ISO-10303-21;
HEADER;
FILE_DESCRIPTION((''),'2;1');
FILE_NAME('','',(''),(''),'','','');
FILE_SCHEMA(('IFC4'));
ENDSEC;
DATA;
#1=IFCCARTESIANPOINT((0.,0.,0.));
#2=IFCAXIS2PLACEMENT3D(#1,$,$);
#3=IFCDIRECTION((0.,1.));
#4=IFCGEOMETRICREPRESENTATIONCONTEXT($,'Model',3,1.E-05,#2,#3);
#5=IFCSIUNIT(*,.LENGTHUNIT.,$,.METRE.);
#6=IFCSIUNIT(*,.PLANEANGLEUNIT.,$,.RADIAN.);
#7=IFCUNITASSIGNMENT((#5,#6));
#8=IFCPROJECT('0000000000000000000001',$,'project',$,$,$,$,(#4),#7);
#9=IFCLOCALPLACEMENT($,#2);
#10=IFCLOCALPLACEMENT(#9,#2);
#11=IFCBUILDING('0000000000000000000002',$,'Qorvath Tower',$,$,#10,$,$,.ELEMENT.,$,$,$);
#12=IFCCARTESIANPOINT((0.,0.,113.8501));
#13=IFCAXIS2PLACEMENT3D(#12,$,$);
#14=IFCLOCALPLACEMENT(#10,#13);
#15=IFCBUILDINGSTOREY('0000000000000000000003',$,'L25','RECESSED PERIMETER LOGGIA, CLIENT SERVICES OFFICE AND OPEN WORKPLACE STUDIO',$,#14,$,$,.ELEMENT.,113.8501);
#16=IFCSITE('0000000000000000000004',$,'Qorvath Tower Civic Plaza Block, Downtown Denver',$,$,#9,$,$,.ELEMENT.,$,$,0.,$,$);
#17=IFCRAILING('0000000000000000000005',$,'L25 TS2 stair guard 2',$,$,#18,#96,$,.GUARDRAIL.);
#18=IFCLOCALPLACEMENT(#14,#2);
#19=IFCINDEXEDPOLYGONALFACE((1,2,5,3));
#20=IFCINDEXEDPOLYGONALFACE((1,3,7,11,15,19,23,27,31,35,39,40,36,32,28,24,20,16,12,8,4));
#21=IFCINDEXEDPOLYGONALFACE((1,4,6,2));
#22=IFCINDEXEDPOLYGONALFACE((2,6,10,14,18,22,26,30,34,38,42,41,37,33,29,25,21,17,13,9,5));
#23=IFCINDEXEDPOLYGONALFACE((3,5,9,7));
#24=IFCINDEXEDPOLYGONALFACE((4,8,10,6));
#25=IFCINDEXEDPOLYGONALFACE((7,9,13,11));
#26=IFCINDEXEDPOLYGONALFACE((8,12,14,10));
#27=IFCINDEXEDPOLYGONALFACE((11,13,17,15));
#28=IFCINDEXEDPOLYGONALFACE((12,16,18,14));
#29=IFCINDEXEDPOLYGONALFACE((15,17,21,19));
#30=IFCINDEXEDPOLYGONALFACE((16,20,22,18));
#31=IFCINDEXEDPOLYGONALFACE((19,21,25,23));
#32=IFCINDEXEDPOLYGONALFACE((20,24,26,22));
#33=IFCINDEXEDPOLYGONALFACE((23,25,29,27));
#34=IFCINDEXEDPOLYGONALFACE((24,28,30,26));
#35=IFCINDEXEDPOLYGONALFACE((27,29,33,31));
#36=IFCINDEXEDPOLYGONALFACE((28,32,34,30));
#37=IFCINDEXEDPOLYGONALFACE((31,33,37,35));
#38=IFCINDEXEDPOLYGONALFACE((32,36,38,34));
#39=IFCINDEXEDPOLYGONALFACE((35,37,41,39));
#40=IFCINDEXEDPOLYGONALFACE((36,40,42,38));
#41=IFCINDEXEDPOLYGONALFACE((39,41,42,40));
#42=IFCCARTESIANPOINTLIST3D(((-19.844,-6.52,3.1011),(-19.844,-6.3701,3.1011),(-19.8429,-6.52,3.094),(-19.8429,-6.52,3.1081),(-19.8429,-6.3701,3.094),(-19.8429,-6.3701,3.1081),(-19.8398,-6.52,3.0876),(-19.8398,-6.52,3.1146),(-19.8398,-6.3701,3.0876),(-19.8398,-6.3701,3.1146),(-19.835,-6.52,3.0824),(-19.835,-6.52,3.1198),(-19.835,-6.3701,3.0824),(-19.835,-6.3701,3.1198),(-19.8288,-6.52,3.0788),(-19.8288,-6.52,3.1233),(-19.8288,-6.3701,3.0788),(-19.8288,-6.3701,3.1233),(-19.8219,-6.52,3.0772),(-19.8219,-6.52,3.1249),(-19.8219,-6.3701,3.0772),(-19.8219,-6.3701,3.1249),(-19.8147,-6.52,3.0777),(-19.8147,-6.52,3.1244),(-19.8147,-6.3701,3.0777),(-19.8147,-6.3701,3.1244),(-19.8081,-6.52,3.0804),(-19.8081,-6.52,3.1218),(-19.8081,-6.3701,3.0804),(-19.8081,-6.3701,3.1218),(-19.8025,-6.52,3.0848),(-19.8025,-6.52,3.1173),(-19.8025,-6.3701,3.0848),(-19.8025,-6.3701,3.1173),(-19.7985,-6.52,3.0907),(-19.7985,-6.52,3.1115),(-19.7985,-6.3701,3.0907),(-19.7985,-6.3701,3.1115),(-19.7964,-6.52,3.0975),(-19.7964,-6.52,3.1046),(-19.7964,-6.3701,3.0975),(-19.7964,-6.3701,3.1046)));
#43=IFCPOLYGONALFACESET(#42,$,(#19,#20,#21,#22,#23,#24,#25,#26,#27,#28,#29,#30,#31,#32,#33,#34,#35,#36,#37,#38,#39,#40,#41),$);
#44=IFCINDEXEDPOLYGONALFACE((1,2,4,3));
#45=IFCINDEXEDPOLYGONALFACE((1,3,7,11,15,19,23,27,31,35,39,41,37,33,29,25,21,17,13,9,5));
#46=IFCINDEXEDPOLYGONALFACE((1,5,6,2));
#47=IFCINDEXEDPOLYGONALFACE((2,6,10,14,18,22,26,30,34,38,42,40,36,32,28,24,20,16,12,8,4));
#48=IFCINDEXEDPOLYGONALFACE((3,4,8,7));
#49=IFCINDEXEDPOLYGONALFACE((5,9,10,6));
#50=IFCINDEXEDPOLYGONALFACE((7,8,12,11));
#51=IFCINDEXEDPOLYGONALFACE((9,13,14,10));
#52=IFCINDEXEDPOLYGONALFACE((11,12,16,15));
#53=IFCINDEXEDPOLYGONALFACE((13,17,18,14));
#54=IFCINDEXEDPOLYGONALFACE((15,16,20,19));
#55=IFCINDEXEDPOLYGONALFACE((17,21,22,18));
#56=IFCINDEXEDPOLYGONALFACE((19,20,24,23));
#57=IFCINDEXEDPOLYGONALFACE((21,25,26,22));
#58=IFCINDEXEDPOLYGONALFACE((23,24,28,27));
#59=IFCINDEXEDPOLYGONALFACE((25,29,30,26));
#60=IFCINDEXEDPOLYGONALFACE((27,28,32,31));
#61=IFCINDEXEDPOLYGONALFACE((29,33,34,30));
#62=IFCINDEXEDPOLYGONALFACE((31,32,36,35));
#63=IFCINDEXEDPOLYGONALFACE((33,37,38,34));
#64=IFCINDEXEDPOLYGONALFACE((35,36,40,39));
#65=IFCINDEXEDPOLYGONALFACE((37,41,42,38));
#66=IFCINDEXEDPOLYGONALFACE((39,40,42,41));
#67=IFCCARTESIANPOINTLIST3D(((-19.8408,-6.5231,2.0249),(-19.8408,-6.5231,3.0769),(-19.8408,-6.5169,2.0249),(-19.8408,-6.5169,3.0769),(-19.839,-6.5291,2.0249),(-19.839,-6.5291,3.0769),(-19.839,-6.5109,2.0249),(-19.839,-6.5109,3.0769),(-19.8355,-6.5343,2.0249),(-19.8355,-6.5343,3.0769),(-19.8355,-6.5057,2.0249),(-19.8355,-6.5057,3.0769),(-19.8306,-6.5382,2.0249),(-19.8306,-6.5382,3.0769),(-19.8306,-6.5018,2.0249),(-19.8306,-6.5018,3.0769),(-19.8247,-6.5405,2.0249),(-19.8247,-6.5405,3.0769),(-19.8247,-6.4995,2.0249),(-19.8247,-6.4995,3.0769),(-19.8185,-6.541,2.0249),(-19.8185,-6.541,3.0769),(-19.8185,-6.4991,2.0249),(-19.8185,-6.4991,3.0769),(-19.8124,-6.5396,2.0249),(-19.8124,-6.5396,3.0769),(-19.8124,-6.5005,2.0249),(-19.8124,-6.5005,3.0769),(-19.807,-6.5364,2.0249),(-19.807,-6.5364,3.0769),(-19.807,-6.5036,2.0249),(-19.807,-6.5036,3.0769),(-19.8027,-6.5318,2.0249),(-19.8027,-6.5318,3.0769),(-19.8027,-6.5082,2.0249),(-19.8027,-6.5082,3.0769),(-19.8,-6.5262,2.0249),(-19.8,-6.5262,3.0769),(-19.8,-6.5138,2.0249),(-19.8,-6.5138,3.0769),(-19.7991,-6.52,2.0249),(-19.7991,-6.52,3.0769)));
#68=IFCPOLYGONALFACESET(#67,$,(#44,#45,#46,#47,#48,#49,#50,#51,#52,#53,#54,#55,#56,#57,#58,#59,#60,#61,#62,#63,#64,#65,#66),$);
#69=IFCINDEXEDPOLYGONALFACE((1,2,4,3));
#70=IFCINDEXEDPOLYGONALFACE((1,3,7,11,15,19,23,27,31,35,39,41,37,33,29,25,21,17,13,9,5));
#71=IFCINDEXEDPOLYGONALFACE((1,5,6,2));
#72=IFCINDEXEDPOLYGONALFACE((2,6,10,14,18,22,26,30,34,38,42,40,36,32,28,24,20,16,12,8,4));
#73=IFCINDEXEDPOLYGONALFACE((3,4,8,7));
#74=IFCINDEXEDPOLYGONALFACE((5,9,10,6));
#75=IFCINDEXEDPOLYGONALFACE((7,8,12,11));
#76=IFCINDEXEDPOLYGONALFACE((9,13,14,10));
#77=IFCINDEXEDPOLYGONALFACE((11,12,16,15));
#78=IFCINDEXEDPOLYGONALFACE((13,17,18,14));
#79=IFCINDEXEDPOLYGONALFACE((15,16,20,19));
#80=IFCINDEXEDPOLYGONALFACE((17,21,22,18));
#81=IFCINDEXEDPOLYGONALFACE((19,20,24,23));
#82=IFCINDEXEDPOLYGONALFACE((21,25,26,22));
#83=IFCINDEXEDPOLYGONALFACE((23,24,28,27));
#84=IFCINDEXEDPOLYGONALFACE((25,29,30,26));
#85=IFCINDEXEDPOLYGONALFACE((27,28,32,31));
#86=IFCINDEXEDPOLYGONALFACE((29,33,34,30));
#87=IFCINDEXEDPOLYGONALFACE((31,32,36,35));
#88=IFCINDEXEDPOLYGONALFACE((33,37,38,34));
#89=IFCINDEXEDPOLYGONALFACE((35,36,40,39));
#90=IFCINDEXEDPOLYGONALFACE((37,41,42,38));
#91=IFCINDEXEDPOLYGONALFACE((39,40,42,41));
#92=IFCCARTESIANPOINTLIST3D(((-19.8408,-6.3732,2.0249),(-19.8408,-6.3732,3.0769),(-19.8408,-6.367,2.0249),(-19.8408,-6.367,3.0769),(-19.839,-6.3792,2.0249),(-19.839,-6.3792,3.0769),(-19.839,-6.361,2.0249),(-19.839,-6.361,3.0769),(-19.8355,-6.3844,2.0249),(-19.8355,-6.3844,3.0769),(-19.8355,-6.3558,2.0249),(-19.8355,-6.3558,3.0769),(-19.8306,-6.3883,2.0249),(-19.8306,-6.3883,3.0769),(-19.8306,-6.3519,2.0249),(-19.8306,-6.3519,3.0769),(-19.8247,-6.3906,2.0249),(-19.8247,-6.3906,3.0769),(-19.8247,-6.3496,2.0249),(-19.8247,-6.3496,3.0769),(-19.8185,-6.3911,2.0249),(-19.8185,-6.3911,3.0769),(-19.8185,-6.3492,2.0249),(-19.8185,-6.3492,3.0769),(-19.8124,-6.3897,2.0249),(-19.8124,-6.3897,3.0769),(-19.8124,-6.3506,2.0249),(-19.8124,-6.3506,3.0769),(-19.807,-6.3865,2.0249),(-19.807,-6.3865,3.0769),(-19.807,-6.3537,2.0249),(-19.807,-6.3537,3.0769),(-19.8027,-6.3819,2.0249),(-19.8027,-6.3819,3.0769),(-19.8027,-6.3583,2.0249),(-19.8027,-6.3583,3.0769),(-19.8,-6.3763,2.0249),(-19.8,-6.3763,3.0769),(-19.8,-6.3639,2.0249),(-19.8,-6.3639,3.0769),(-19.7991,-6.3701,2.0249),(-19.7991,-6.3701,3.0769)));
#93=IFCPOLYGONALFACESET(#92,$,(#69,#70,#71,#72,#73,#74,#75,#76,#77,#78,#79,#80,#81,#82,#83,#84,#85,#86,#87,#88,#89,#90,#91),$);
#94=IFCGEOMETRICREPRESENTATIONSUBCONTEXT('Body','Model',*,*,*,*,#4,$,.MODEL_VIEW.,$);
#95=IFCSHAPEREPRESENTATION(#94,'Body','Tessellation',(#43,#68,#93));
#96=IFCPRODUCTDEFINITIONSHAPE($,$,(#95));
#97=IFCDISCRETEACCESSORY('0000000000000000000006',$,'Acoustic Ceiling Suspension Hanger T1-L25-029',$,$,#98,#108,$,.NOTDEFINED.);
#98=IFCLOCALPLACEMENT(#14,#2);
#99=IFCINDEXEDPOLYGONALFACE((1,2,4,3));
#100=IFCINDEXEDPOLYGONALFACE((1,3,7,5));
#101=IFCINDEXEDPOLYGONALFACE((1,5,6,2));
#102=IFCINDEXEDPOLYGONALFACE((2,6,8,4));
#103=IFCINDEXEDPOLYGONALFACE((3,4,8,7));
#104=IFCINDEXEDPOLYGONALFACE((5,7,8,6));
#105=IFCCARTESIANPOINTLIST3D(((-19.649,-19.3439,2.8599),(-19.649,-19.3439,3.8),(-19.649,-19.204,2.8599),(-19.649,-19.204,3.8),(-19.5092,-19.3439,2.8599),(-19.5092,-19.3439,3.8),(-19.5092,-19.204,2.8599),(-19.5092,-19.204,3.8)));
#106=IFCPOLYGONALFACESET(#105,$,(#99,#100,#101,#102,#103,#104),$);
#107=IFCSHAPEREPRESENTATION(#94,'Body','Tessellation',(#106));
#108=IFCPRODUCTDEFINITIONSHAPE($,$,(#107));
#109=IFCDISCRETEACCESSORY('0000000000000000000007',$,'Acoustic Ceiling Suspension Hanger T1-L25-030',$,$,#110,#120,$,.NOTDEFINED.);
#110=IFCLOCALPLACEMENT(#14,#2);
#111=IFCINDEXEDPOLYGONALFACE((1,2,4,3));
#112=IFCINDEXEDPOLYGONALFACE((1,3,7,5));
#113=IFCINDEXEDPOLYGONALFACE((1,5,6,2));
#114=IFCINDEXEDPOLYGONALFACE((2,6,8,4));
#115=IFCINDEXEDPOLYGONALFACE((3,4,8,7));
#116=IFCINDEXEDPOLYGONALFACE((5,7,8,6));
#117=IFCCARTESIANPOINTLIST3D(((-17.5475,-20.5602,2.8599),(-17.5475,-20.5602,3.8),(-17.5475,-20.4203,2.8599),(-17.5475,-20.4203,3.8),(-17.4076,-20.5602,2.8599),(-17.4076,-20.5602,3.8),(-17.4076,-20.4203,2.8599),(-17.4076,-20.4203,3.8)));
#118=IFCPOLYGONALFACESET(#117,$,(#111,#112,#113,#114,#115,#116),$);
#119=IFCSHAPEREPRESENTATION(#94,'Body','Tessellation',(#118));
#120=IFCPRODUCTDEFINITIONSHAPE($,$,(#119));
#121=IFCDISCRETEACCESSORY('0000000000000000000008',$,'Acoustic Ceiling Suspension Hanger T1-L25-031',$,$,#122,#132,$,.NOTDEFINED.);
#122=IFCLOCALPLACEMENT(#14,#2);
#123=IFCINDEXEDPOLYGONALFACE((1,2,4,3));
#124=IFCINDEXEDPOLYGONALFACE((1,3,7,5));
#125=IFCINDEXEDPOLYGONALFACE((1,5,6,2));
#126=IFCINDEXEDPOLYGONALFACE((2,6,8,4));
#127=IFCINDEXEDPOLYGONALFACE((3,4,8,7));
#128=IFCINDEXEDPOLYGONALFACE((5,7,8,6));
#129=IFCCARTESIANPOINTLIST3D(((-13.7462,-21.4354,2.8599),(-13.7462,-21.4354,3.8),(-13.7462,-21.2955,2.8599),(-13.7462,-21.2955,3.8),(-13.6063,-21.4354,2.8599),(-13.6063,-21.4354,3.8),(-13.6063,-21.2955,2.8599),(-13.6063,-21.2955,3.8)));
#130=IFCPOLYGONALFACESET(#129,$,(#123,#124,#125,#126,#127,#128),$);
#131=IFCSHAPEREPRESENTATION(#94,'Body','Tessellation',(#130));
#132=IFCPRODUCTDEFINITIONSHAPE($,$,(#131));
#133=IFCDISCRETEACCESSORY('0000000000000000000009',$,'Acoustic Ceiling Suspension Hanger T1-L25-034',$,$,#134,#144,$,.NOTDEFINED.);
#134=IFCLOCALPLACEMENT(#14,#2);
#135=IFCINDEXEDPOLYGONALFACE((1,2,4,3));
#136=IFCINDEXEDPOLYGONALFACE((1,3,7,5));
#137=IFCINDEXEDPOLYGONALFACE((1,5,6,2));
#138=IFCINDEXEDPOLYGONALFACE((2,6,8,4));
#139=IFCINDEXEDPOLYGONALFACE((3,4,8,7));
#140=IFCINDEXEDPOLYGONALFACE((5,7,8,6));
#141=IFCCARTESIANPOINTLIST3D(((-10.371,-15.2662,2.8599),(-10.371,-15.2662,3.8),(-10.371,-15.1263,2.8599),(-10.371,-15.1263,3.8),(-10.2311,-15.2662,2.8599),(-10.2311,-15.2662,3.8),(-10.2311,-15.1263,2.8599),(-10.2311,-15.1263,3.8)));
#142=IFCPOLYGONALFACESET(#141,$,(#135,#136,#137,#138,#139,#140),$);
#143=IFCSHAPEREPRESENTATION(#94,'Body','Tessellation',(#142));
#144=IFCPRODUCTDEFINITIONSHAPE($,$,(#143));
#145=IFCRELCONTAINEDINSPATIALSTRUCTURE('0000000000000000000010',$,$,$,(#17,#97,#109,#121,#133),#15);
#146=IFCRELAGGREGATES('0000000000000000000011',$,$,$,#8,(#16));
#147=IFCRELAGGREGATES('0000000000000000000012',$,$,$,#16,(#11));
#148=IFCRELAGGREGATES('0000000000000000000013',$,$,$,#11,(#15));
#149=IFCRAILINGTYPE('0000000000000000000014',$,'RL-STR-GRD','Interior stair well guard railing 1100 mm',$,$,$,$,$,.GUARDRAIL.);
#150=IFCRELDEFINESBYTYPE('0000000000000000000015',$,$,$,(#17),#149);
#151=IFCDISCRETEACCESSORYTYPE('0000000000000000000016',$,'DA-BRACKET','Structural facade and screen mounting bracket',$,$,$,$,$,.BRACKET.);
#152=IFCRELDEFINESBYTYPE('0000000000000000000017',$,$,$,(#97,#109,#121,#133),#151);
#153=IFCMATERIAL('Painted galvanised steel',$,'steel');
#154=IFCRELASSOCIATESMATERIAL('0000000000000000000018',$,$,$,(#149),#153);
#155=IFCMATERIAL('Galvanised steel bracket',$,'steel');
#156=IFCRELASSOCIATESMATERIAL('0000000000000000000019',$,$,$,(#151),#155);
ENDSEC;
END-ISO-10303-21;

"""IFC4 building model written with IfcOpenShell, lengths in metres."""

from ifc_helpers import new_model, si_unit, direction, frame, origin, origin_2d, place, context, subcontext, project, spatial, rectangle, circle, extrude, material, type_object, element, save


model = new_model("IFC4")

# Units and contexts
model_context = context("Model", 3, precision=1e-05, world=origin(), true_north=direction((0.0, 1.0)))
body_context = subcontext(model_context, "Body", "Model", "MODEL_VIEW")
ifc_project = project(units=[si_unit("LENGTHUNIT", "METRE"), si_unit("PLANEANGLEUNIT", "RADIAN")], contexts=[model_context])

# Site, building, storey
site_placement = place(None, origin())
site = spatial("IfcSite", under=ifc_project, at=site_placement, Name="Qorvath Tower Civic Plaza Block, Downtown Denver", CompositionType="ELEMENT", RefElevation=0.0)
building_placement = place(site_placement, origin())
building = spatial("IfcBuilding", under=site, at=building_placement, Name="Qorvath Tower", CompositionType="ELEMENT")
storey_placement = place(building_placement, frame((0.0, 0.0, 113.8501)))
storey = spatial("IfcBuildingStorey", under=building, at=storey_placement, Name="L25", Description="RECESSED PERIMETER LOGGIA, CLIENT SERVICES OFFICE AND OPEN WORKPLACE STUDIO", CompositionType="ELEMENT", Elevation=113.8501)

# Railing
ifc_material_1 = material(Name="Painted galvanised steel", Category="steel")
railing_type = type_object("IfcRailingType", Name="RL-STR-GRD", Description="Interior stair well guard railing 1100 mm", PredefinedType="GUARDRAIL", material=ifc_material_1)
railing_placement = place(storey_placement, frame((-19.8201, -6.52, 2.0249)))
element("IfcRailing", 1, at=railing_placement, inside=storey, type_object=railing_type, Name="L25 TS2 stair guard 2", PredefinedType="GUARDRAIL", context=body_context, shape_type="SweptSolid", body=[
    extrude(circle(Radius=0.0239, at=origin_2d()), frame((0.0, 0.0, 1.0762), z_axis=(0.0, 1.0, 0.0), x_axis=(-1.0, 0.0, 0.0)), (0.0, 0.0, 1.0), 0.1499),
    extrude(circle(Radius=0.021, at=origin_2d()), origin(), (0.0, 0.0, 1.0), 1.052),
    extrude(circle(Radius=0.021, at=origin_2d()), frame((0.0, 0.1499, 0.0)), (0.0, 0.0, 1.0), 1.052),
])

# Discrete accessories
ifc_material_2 = material(Name="Galvanised steel bracket", Category="steel")
discrete_accessory_type = type_object("IfcDiscreteAccessoryType", Name="DA-BRACKET", Description="Structural facade and screen mounting bracket", PredefinedType="BRACKET", material=ifc_material_2)
for number, where, z_axis, x_axis, name in (
    (2, (-19.5791, -19.2739, 2.8599), (0.0, 0.0, 1.0), (1.0, 0.0, 0.0), "Acoustic Ceiling Suspension Hanger T1-L25-029"),
    (3, (-17.4775, -20.4902, 2.8599), (0.0, 0.0, 1.0), (1.0, 0.0, 0.0), "Acoustic Ceiling Suspension Hanger T1-L25-030"),
    (4, (-13.6763, -21.3655, 2.8599), (0.0, 0.0, 1.0), (1.0, 0.0, 0.0), "Acoustic Ceiling Suspension Hanger T1-L25-031"),
    (5, (-10.301, -15.1963, 2.8599), (0.0, 0.0, 1.0), (1.0, 0.0, 0.0), "Acoustic Ceiling Suspension Hanger T1-L25-034"),
):
    element("IfcDiscreteAccessory", number, at=place(storey_placement, frame(where, z_axis=z_axis, x_axis=x_axis)), inside=storey, type_object=discrete_accessory_type, Name=name, PredefinedType="NOTDEFINED", context=body_context, shape_type="SweptSolid", body=[
        extrude(rectangle(XDim=0.1399, YDim=0.1399, at=origin_2d()), origin(), (0.0, 0.0, 1.0), 0.9402),
    ])

save(model, "model.ifc")
